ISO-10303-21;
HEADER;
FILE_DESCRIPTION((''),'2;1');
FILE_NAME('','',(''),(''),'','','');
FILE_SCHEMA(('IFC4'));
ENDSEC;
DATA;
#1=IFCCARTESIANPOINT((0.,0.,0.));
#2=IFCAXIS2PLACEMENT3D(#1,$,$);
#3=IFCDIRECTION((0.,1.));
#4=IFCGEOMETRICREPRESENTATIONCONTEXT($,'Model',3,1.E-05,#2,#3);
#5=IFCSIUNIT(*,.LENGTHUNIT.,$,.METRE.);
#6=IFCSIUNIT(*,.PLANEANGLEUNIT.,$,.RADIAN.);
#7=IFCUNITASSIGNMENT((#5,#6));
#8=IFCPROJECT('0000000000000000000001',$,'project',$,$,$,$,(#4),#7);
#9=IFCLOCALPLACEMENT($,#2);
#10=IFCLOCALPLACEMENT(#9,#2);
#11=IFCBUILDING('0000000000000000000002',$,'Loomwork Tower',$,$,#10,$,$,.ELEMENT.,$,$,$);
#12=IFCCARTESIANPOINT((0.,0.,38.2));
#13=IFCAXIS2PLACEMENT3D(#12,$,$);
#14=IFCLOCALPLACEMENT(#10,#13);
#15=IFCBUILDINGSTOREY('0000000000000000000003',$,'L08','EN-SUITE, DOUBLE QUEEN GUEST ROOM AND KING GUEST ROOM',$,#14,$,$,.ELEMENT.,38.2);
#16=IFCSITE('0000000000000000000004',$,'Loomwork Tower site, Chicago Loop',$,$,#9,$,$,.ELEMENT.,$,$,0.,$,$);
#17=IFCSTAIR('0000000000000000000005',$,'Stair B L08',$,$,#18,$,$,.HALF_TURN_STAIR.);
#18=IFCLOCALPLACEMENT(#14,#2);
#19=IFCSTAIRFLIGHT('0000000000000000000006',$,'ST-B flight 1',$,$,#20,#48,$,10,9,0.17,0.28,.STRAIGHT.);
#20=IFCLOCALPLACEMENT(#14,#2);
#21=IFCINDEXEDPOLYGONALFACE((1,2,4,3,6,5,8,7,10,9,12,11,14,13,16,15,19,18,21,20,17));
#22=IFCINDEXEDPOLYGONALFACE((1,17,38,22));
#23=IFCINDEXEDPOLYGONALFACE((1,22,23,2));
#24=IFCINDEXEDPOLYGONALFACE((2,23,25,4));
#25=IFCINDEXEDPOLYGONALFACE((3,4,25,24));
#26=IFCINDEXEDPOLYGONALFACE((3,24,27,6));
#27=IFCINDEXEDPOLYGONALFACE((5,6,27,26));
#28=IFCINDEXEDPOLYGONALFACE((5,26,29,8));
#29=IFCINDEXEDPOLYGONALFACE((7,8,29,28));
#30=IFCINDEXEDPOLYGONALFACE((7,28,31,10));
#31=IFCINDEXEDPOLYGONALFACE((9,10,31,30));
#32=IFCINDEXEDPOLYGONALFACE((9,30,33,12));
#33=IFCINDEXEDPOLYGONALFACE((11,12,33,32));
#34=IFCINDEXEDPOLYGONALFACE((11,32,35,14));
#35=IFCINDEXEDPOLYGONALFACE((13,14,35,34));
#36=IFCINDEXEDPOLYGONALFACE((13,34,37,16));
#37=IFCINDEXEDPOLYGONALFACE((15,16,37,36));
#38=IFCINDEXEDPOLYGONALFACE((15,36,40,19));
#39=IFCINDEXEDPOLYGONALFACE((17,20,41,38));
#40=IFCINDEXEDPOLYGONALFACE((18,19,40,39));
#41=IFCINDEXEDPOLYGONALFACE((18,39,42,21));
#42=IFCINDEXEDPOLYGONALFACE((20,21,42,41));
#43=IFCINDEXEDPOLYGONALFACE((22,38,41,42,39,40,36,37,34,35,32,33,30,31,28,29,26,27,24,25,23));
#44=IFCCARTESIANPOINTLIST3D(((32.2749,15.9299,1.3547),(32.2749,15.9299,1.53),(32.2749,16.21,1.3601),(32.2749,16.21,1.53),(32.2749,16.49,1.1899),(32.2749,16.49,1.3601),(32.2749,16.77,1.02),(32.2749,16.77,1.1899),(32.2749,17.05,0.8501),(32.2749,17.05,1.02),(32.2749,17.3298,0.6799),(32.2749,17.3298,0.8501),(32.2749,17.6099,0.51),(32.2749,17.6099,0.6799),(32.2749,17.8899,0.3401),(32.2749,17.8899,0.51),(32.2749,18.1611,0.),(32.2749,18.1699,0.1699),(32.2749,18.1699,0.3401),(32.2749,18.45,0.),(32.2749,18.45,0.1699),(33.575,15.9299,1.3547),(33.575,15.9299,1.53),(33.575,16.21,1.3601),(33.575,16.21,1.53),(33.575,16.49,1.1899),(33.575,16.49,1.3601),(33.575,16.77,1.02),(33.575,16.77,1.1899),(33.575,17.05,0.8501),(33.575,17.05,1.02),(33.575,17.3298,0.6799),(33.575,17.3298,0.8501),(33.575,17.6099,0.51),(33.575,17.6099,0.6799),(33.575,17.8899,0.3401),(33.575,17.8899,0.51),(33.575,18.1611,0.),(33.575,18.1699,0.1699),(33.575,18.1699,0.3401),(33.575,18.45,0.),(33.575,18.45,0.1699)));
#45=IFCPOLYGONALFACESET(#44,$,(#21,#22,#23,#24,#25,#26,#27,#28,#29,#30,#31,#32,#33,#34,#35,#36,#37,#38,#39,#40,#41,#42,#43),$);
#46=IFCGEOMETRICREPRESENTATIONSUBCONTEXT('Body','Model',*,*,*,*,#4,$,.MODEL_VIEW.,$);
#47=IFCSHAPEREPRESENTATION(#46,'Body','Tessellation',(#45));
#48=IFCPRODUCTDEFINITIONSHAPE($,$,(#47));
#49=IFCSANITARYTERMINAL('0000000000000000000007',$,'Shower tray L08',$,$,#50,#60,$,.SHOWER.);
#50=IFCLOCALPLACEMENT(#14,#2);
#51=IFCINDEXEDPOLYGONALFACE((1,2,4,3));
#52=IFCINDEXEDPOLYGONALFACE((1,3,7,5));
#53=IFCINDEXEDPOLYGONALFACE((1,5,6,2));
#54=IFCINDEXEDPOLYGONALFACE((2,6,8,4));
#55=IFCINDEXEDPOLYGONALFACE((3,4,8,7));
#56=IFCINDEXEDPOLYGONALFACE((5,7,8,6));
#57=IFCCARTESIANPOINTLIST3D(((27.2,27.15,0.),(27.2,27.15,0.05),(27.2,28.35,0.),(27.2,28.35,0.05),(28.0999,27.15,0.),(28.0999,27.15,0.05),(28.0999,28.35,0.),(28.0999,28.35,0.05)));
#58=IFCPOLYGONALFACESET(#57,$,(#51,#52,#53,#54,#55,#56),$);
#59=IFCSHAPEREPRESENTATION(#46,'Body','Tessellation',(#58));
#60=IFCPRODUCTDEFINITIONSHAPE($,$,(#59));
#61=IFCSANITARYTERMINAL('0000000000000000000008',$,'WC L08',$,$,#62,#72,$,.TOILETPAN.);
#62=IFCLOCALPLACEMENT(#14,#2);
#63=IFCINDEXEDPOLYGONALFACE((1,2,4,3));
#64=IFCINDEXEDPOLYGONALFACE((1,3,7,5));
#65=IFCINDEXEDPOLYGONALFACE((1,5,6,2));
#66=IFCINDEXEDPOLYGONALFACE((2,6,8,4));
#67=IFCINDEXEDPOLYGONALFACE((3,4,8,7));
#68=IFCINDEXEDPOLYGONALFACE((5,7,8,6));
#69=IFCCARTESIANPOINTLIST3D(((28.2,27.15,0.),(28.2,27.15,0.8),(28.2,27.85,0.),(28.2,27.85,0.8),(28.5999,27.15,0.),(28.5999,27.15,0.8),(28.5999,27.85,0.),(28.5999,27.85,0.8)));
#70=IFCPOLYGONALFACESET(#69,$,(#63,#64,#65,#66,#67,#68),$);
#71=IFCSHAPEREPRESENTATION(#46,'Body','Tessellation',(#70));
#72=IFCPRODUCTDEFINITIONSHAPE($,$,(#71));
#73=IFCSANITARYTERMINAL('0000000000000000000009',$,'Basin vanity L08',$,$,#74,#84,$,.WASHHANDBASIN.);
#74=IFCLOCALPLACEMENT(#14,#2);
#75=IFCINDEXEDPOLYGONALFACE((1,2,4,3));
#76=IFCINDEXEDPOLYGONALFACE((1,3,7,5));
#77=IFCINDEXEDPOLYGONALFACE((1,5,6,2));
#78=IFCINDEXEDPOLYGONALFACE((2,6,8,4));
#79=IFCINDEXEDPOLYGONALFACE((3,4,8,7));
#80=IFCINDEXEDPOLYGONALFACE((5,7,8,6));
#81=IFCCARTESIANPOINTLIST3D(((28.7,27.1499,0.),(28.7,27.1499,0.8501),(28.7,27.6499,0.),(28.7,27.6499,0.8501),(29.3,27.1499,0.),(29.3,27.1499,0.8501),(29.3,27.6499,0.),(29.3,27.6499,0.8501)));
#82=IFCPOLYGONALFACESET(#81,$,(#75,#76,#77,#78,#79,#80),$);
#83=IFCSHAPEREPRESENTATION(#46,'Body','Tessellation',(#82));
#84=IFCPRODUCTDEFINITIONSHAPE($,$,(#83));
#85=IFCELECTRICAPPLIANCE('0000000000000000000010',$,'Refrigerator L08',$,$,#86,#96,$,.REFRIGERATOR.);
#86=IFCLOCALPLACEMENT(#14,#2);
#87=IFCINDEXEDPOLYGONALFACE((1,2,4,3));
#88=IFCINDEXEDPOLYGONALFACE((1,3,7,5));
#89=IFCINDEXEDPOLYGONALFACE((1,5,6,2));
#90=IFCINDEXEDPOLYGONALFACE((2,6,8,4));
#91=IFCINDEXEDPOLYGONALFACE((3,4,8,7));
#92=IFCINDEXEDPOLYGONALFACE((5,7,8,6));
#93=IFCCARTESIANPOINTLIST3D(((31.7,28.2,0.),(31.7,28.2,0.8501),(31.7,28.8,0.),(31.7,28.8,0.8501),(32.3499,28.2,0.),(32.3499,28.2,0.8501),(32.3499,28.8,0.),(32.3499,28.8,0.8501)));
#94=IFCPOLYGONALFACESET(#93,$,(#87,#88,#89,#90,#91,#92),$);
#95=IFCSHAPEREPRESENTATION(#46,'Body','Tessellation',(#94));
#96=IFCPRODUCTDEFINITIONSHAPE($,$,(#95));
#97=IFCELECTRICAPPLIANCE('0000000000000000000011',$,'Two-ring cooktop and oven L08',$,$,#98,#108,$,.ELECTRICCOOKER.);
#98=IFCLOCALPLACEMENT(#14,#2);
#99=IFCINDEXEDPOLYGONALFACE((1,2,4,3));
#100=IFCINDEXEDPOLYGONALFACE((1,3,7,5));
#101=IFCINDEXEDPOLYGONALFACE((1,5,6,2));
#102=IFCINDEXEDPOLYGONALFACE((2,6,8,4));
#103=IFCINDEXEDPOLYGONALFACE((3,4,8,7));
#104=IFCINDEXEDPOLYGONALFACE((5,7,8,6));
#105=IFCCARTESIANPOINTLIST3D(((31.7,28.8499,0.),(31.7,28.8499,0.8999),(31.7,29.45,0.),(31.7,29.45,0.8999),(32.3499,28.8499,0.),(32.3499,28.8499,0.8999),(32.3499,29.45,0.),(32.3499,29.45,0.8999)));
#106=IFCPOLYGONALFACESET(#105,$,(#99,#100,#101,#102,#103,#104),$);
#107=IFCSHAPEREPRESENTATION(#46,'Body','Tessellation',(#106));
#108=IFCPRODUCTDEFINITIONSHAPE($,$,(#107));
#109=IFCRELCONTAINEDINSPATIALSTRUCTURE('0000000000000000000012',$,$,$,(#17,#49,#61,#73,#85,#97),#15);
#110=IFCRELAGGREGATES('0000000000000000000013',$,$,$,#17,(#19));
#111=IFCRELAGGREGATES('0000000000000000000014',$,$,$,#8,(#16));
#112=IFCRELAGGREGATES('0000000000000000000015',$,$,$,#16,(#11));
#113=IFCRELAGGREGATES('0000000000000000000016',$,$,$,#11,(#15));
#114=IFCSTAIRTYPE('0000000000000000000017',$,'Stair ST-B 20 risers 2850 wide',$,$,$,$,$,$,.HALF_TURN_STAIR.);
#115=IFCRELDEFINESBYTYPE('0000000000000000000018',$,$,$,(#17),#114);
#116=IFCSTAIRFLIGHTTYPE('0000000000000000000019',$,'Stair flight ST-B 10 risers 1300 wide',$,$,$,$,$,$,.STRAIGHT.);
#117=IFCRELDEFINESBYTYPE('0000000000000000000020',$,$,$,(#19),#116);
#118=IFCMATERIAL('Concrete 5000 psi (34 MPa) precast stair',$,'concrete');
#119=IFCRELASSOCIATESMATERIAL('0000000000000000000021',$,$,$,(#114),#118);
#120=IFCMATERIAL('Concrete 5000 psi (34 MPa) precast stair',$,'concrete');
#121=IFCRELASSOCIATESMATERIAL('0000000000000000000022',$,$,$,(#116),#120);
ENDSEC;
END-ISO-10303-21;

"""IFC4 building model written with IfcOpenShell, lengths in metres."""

from ifc_helpers import new_model, si_unit, direction, frame, origin, origin_2d, place, context, subcontext, project, spatial, polyline, rectangle, outline, extrude, material, type_object, element, aggregate, save


model = new_model("IFC4")

# Units and contexts
model_context = context("Model", 3, precision=1e-05, world=origin(), true_north=direction((0.0, 1.0)))
body_context = subcontext(model_context, "Body", "Model", "MODEL_VIEW")
ifc_project = project(units=[si_unit("LENGTHUNIT", "METRE"), si_unit("PLANEANGLEUNIT", "RADIAN")], contexts=[model_context])

# Site, building, storey
site_placement = place(None, origin())
site = spatial("IfcSite", under=ifc_project, at=site_placement, Name="Loomwork Tower site, Chicago Loop", CompositionType="ELEMENT", RefElevation=0.0)
building_placement = place(site_placement, origin())
building = spatial("IfcBuilding", under=site, at=building_placement, Name="Loomwork Tower", CompositionType="ELEMENT")
storey_placement = place(building_placement, frame((0.0, 0.0, 38.2)))
storey = spatial("IfcBuildingStorey", under=building, at=storey_placement, Name="L08", Description="EN-SUITE, DOUBLE QUEEN GUEST ROOM AND KING GUEST ROOM", CompositionType="ELEMENT", Elevation=38.2)

# Stair, stair flight
ifc_material_1 = material(Name="Concrete 5000 psi (34 MPa) precast stair", Category="concrete")
stair_type = type_object("IfcStairType", Name="Stair ST-B 20 risers 2850 wide", PredefinedType="HALF_TURN_STAIR", material=ifc_material_1)
stair_placement = place(storey_placement, origin())
stair = element("IfcStair", 1, at=stair_placement, inside=storey, type_object=stair_type, Name="Stair B L08", PredefinedType="HALF_TURN_STAIR")
ifc_material_2 = material(Name="Concrete 5000 psi (34 MPa) precast stair", Category="concrete")
stair_flight_type = type_object("IfcStairFlightType", Name="Stair flight ST-B 10 risers 1300 wide", PredefinedType="STRAIGHT", material=ifc_material_2)
stair_flight_placement = place(storey_placement, frame((32.925, 18.45, 0.0), z_axis=(0.0, 0.0, 1.0), x_axis=(0.0, -1.0, 0.0)))
stair_flight = element("IfcStairFlight", 2, at=stair_flight_placement, type_object=stair_flight_type, Name="ST-B flight 1", NumberOfRisers=10, NumberOfTreads=9, PredefinedType="STRAIGHT", RiserHeight=0.17, TreadLength=0.28, context=body_context, shape_type="SweptSolid", body=[
    extrude(outline(polyline([(0.0, 0.0), (0.0, 0.1699), (0.28, 0.1699), (0.28, 0.3401), (0.5601, 0.3401), (0.5601, 0.51), (0.8401, 0.51), (0.8401, 0.6799), (1.1201, 0.6799), (1.1201, 0.8501), (1.3999, 0.8501), (1.3999, 1.02), (1.6799, 1.02), (1.6799, 1.1899), (1.96, 1.1899), (1.96, 1.3601), (2.24, 1.3601), (2.24, 1.53), (2.52, 1.53), (2.52, 1.7), (2.52, 1.3547), (0.2888, 0.0), (0.0, 0.0)])), frame((0.0, 0.6499, 0.0), z_axis=(0.0, -1.0, 0.0), x_axis=(1.0, 0.0, 0.0)), (0.0, 0.0, 1.0), 1.3),
])
aggregate(stair, [stair_flight])

# Sanitary terminals
sanitary_terminal_1_placement = place(storey_placement, frame((27.6499, 27.75, 0.0), z_axis=(0.0, 0.0, 1.0), x_axis=(1.0, 0.0, 0.0)))
element("IfcSanitaryTerminal", 3, at=sanitary_terminal_1_placement, inside=storey, Name="Shower tray L08", PredefinedType="SHOWER", context=body_context, shape_type="SweptSolid", body=[
    extrude(rectangle(XDim=0.8999, YDim=1.2, at=origin_2d()), origin(), (0.0, 0.0, 1.0), 0.05),
])
sanitary_terminal_2_placement = place(storey_placement, frame((28.3999, 27.5, 0.0), z_axis=(0.0, 0.0, 1.0), x_axis=(1.0, 0.0, 0.0)))
element("IfcSanitaryTerminal", 4, at=sanitary_terminal_2_placement, inside=storey, Name="WC L08", PredefinedType="TOILETPAN", context=body_context, shape_type="SweptSolid", body=[
    extrude(rectangle(XDim=0.3999, YDim=0.7, at=origin_2d()), origin(), (0.0, 0.0, 1.0), 0.8),
])
sanitary_terminal_3_placement = place(storey_placement, frame((29.0, 27.3999, 0.0), z_axis=(0.0, 0.0, 1.0), x_axis=(1.0, 0.0, 0.0)))
element("IfcSanitaryTerminal", 5, at=sanitary_terminal_3_placement, inside=storey, Name="Basin vanity L08", PredefinedType="WASHHANDBASIN", context=body_context, shape_type="SweptSolid", body=[
    extrude(rectangle(XDim=0.6001, YDim=0.5, at=origin_2d()), origin(), (0.0, 0.0, 1.0), 0.8501),
])

# Electric appliances
electric_appliance_1_placement = place(storey_placement, frame((32.0249, 28.5, 0.0), z_axis=(0.0, 0.0, 1.0), x_axis=(1.0, 0.0, 0.0)))
element("IfcElectricAppliance", 6, at=electric_appliance_1_placement, inside=storey, Name="Refrigerator L08", PredefinedType="REFRIGERATOR", context=body_context, shape_type="SweptSolid", body=[
    extrude(rectangle(XDim=0.6499, YDim=0.6001, at=origin_2d()), origin(), (0.0, 0.0, 1.0), 0.8501),
])
electric_appliance_2_placement = place(storey_placement, frame((32.0249, 29.1499, 0.0), z_axis=(0.0, 0.0, 1.0), x_axis=(1.0, 0.0, 0.0)))
element("IfcElectricAppliance", 7, at=electric_appliance_2_placement, inside=storey, Name="Two-ring cooktop and oven L08", PredefinedType="ELECTRICCOOKER", context=body_context, shape_type="SweptSolid", body=[
    extrude(rectangle(XDim=0.6499, YDim=0.6001, at=origin_2d()), origin(), (0.0, 0.0, 1.0), 0.8999),
])

save(model, "model.ifc")
